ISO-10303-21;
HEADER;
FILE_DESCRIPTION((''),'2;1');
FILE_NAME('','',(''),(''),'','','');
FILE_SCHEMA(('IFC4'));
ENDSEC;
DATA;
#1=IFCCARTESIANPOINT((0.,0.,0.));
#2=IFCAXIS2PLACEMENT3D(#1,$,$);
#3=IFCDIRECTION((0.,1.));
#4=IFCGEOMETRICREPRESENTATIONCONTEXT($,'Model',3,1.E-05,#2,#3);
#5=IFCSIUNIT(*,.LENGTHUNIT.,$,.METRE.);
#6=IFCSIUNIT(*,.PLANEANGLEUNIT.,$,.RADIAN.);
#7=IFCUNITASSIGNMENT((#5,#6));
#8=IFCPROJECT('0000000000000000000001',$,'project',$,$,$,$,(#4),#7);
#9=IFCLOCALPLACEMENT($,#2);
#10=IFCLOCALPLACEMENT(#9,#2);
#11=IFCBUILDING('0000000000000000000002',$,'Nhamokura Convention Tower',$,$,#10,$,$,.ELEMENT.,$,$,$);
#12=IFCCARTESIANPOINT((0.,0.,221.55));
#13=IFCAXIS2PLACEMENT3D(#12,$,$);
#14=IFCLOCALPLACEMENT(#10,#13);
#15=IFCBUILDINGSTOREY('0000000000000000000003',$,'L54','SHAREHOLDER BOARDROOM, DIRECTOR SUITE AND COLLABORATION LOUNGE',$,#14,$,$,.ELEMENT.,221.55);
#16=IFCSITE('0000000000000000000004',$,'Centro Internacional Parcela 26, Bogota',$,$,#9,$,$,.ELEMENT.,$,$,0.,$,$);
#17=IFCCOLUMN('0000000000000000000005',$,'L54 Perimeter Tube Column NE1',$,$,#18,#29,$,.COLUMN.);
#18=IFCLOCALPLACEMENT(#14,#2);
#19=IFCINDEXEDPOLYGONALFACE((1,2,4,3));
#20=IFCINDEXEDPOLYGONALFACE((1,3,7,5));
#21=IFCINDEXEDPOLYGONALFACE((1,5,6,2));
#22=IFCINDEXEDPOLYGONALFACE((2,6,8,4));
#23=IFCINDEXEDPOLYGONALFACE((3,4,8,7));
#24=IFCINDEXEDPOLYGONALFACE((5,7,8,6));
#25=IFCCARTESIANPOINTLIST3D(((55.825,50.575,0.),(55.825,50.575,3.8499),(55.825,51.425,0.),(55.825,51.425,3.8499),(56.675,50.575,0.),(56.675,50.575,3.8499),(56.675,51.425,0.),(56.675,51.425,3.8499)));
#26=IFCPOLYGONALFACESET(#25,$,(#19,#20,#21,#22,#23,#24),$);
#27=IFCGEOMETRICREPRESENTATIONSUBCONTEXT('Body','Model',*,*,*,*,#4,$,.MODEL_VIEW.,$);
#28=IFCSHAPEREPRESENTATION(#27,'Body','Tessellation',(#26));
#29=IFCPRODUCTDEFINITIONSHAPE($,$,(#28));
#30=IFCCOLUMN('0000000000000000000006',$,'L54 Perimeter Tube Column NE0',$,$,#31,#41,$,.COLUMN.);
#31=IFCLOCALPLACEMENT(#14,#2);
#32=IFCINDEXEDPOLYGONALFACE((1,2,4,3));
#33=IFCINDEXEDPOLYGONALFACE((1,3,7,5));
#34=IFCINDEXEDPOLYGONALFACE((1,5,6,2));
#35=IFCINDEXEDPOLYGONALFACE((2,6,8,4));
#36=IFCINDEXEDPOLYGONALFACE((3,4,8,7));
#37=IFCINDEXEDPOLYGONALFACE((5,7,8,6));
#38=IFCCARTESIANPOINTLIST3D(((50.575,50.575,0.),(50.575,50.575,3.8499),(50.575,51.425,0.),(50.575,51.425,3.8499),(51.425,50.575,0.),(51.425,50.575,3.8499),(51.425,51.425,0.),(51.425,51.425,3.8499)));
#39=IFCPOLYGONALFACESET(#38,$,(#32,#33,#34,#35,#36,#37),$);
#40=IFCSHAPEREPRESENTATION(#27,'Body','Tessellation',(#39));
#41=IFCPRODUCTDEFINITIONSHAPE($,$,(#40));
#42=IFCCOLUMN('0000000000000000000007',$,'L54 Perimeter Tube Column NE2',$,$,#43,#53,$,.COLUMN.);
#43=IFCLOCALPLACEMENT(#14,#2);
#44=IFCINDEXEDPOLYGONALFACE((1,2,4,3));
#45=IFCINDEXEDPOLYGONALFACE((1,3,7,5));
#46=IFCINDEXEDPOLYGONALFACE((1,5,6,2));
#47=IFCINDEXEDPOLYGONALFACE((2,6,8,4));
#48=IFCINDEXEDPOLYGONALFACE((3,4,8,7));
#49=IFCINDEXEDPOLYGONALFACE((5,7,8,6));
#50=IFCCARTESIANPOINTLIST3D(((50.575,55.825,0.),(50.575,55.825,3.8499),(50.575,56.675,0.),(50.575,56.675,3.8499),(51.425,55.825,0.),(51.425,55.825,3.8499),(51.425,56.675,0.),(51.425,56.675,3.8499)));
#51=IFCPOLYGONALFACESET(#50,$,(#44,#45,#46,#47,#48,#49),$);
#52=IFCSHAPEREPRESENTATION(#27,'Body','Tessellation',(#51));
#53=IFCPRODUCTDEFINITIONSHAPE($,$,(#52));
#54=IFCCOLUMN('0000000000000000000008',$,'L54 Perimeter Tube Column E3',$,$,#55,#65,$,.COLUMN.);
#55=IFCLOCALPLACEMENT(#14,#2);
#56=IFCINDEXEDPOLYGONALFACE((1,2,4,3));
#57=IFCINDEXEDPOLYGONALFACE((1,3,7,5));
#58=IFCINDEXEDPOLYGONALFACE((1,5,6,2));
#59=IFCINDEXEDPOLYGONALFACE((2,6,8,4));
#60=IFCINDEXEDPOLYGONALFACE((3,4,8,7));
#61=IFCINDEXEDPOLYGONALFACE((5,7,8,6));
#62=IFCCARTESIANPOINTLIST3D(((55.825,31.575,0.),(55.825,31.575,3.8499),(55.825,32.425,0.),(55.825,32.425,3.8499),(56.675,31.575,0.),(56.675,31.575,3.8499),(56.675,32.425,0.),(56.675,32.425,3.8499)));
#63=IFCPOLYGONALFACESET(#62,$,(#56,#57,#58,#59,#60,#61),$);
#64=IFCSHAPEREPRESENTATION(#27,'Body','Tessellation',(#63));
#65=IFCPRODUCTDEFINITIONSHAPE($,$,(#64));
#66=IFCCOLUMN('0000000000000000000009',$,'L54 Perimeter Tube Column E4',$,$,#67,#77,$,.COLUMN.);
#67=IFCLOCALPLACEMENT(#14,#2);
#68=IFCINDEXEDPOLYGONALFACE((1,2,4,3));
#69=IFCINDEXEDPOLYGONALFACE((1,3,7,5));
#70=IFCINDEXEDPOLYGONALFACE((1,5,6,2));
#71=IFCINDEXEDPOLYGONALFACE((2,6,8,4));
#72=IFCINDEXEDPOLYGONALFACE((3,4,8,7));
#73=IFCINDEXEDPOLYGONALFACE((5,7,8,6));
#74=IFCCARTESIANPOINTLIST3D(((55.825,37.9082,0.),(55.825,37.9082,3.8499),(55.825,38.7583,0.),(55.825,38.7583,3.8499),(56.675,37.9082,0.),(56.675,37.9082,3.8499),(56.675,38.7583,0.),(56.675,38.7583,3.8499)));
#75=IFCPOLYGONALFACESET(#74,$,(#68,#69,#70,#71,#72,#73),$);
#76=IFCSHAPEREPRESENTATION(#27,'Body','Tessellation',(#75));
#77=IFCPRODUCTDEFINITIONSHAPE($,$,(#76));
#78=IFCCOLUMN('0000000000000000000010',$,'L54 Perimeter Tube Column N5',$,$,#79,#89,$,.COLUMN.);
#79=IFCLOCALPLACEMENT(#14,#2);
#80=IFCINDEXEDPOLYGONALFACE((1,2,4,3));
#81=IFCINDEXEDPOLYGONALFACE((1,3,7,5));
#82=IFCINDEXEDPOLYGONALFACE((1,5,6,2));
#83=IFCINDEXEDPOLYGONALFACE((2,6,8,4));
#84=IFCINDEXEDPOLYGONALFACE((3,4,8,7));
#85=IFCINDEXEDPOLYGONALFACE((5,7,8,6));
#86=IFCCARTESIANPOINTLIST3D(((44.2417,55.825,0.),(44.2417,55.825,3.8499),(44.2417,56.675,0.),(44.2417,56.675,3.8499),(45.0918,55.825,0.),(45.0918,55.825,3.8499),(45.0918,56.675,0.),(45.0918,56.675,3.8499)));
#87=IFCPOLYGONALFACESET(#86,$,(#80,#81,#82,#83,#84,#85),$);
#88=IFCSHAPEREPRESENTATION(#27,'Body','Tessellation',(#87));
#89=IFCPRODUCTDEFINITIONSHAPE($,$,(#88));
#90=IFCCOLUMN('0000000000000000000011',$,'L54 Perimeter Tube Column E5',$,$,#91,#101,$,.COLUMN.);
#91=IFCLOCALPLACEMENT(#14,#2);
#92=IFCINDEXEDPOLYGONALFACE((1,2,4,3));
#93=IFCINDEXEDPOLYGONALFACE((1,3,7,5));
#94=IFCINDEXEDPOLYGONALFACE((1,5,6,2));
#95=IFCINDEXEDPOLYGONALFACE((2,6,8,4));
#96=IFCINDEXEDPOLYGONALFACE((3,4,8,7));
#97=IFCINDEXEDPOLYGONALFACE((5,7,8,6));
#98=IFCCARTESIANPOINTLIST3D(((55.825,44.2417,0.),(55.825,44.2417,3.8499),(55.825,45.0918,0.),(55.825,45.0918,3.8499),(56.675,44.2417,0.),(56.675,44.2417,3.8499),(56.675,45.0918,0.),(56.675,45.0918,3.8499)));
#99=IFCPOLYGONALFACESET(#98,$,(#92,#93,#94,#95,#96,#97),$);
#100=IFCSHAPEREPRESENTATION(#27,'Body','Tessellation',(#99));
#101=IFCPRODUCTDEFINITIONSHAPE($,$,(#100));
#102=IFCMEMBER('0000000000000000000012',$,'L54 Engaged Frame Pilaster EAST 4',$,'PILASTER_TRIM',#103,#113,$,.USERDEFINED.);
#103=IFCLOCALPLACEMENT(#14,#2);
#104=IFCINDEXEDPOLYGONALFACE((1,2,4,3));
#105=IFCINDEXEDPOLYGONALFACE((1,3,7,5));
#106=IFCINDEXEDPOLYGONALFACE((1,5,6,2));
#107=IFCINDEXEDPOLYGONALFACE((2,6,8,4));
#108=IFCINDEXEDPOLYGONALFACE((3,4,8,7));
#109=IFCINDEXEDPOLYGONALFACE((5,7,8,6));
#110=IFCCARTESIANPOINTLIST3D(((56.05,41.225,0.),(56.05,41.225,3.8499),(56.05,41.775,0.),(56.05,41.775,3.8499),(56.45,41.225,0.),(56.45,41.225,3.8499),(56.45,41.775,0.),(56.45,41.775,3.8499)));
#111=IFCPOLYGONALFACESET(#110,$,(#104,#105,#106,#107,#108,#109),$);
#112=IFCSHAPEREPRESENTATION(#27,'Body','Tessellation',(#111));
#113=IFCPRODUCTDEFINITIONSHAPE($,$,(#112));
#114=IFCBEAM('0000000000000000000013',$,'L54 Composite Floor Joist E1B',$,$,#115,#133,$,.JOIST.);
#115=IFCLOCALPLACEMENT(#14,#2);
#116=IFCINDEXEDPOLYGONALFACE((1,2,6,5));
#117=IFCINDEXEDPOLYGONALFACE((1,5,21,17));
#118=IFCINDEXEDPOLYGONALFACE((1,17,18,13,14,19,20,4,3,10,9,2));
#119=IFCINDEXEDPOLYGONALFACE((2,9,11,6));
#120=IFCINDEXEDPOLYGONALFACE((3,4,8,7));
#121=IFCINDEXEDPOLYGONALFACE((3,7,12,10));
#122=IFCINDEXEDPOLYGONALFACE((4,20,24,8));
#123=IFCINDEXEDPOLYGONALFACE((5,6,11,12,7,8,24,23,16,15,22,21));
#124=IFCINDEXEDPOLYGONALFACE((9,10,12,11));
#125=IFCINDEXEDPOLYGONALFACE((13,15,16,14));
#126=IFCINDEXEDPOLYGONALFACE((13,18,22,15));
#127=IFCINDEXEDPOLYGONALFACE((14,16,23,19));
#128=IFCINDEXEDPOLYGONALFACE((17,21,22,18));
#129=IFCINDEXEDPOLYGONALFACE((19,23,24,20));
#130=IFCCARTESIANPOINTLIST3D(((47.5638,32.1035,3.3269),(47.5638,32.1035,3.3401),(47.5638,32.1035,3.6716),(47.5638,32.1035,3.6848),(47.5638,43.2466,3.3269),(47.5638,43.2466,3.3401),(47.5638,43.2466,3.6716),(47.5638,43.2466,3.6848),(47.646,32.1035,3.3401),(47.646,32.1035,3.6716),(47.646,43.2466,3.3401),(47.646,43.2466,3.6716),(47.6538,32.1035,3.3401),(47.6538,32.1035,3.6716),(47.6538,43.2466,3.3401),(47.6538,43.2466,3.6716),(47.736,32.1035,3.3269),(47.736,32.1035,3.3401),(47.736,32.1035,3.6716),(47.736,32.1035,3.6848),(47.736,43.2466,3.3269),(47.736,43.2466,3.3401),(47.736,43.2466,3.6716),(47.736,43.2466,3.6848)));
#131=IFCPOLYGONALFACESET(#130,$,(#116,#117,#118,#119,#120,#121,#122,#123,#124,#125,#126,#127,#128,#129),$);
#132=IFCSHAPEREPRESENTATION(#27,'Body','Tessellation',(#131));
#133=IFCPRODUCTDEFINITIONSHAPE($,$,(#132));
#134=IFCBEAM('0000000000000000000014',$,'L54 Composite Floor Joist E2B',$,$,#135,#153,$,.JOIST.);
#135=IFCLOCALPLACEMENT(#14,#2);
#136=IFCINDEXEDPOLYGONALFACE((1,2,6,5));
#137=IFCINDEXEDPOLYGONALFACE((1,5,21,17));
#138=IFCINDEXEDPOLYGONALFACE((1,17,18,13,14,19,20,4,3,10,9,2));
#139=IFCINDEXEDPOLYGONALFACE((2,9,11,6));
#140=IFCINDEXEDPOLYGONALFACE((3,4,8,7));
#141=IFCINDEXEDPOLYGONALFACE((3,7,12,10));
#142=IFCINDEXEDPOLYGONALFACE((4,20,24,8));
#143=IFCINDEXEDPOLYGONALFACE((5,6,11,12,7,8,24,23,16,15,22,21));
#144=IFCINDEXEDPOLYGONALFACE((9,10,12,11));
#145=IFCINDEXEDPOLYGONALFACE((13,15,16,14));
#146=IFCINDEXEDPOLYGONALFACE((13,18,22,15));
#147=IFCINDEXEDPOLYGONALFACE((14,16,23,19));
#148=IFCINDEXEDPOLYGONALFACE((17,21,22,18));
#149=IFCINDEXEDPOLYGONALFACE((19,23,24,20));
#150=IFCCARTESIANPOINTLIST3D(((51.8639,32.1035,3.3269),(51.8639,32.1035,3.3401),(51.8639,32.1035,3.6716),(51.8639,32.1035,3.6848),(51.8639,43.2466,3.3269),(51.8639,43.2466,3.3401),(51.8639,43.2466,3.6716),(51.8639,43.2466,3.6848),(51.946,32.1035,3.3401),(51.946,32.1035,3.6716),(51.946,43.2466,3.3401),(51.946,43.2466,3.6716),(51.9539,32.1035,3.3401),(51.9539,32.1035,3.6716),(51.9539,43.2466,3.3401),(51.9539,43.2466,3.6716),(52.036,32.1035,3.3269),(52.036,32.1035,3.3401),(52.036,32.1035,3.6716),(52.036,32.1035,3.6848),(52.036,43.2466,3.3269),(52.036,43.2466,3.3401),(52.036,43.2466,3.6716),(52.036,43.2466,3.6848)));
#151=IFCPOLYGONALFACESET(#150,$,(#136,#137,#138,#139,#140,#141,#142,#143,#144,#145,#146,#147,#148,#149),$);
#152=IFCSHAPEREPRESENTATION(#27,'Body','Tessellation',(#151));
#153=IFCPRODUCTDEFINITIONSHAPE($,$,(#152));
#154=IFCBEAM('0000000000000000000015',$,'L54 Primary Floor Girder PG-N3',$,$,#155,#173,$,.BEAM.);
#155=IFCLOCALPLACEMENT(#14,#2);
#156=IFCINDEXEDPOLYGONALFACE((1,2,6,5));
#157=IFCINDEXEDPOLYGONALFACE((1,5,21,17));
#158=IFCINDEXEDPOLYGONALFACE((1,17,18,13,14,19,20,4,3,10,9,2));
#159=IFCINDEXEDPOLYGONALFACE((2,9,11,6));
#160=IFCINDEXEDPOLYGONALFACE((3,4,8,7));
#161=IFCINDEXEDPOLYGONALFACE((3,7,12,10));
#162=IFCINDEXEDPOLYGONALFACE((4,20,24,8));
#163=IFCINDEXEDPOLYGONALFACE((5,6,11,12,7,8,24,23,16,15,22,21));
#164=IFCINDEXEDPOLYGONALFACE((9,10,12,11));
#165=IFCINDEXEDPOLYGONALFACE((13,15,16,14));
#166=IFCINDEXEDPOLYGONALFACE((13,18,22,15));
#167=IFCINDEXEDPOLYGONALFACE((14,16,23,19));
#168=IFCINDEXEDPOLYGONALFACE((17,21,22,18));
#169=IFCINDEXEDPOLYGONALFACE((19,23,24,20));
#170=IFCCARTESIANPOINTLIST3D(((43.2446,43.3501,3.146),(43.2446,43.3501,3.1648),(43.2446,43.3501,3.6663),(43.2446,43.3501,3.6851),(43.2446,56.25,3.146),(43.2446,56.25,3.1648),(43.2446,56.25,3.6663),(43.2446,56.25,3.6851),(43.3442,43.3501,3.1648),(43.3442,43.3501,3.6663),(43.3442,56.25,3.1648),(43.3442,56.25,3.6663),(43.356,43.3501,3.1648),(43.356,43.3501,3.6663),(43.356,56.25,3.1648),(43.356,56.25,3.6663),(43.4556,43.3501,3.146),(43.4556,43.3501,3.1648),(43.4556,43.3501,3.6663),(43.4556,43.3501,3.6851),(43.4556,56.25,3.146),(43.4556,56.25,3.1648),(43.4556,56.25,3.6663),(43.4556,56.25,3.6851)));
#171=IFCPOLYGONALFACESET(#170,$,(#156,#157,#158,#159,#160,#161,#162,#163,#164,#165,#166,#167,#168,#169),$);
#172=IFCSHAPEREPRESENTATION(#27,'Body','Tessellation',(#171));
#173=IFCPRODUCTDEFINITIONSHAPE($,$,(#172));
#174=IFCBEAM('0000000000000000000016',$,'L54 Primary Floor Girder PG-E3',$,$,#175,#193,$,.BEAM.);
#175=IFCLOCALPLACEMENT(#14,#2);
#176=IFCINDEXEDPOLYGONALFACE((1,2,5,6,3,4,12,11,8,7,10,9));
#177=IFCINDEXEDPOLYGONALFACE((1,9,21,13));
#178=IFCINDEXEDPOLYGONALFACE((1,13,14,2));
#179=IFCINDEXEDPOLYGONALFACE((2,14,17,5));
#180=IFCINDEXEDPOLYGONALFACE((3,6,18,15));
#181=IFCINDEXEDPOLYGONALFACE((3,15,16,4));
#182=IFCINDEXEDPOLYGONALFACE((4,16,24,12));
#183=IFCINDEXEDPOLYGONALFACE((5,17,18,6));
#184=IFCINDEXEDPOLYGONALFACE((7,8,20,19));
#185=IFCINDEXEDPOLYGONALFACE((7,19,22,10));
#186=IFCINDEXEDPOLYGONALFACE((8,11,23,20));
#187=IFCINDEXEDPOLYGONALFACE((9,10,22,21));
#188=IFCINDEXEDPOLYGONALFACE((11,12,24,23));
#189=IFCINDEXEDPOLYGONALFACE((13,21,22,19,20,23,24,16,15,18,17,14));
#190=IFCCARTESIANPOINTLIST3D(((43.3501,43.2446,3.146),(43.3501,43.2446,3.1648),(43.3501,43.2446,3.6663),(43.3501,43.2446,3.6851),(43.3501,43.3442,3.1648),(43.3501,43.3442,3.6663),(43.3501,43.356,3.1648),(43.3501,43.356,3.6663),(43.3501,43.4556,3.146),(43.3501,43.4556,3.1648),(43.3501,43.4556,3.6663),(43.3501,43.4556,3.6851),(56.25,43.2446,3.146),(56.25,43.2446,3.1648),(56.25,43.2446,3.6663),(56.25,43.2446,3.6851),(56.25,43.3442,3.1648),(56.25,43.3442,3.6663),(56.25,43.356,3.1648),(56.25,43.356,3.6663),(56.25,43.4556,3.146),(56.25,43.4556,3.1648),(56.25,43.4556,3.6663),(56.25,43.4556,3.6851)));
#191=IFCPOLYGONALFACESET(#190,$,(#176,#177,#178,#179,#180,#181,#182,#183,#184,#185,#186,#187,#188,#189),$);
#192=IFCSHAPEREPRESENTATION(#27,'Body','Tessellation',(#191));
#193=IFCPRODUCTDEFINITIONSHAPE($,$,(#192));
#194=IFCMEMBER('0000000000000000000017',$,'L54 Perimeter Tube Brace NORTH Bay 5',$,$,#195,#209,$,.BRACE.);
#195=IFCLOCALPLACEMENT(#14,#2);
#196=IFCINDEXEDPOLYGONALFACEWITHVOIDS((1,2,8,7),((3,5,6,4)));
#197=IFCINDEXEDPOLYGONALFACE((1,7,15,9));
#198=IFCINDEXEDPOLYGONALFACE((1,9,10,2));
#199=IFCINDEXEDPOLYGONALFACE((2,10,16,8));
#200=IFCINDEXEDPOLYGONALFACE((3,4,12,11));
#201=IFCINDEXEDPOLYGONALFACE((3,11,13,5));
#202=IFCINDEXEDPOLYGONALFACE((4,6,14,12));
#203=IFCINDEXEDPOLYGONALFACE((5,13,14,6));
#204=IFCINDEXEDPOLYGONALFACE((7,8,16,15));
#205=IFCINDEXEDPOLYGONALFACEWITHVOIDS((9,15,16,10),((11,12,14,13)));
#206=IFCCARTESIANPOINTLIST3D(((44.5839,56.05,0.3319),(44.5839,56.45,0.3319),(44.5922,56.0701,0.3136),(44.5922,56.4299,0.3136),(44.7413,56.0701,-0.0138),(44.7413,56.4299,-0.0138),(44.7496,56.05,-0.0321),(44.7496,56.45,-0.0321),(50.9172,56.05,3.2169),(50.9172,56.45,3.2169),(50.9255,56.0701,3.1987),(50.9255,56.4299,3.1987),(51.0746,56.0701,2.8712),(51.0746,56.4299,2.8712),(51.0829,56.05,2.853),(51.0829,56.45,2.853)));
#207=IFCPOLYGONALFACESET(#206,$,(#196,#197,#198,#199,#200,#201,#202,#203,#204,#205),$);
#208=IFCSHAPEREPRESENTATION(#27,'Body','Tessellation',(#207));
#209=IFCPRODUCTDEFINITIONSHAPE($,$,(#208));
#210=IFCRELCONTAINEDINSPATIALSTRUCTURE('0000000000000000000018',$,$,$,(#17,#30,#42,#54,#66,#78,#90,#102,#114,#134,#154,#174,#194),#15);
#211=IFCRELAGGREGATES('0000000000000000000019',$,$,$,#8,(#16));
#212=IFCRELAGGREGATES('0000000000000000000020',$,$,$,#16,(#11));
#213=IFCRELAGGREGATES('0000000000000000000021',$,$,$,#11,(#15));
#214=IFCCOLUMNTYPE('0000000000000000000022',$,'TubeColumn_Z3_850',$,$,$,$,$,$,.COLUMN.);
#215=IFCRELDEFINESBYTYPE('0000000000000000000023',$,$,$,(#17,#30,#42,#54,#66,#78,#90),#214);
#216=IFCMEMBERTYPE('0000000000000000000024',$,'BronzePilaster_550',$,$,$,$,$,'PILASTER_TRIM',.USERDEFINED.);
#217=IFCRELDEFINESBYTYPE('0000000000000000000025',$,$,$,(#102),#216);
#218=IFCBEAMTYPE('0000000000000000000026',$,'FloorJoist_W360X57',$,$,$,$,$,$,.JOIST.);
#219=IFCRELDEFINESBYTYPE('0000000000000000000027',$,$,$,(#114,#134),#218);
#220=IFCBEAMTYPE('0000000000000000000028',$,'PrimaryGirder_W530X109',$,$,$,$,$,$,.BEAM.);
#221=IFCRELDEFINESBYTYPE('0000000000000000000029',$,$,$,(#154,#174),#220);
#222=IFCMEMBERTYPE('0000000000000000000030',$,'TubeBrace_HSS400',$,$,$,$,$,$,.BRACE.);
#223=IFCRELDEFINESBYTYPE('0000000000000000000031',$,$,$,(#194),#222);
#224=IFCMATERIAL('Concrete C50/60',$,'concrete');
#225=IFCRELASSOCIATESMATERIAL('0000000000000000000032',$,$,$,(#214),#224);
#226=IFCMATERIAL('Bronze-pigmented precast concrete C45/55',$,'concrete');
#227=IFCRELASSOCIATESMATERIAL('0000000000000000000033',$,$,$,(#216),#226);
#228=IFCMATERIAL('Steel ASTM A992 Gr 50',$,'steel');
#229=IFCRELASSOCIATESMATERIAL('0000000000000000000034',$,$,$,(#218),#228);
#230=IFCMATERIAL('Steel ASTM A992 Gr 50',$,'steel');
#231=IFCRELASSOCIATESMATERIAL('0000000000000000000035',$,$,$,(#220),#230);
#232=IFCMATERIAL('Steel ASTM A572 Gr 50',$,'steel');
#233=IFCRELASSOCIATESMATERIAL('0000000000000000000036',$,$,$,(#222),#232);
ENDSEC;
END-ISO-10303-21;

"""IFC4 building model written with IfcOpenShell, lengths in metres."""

from ifc_helpers import new_model, si_unit, direction, frame, origin, origin_2d, place, context, subcontext, project, spatial, rectangle, hollow_rectangle, i_section, extrude, material, material_profile, profile_set, type_object, element, save


model = new_model("IFC4")

# Units and contexts
model_context = context("Model", 3, precision=1e-05, world=origin(), true_north=direction((0.0, 1.0)))
body_context = subcontext(model_context, "Body", "Model", "MODEL_VIEW")
ifc_project = project(units=[si_unit("LENGTHUNIT", "METRE"), si_unit("PLANEANGLEUNIT", "RADIAN")], contexts=[model_context])

# Site, building, storey
site_placement = place(None, origin())
site = spatial("IfcSite", under=ifc_project, at=site_placement, Name="Centro Internacional Parcela 26, Bogota", CompositionType="ELEMENT", RefElevation=0.0)
building_placement = place(site_placement, origin())
building = spatial("IfcBuilding", under=site, at=building_placement, Name="Nhamokura Convention Tower", CompositionType="ELEMENT")
storey_placement = place(building_placement, frame((0.0, 0.0, 221.55)))
storey = spatial("IfcBuildingStorey", under=building, at=storey_placement, Name="L54", Description="SHAREHOLDER BOARDROOM, DIRECTOR SUITE AND COLLABORATION LOUNGE", CompositionType="ELEMENT", Elevation=221.55)

# Columns
ifc_material_1 = material(Name="Concrete C50/60", Category="concrete")
ifc_material_profile_1 = material_profile(ifc_material_1, rectangle(XDim=0.8501, YDim=0.8501, at=origin_2d()))
ifc_profile_set_1 = profile_set([ifc_material_profile_1], Name="Concrete C50/60")
column_type = type_object("IfcColumnType", Name="TubeColumn_Z3_850", PredefinedType="COLUMN", material=ifc_profile_set_1)
for number, where, z_axis, x_axis, name in (
    (1, (56.25, 51.0, 0.0), (0.0, 0.0, 1.0), (1.0, 0.0, 0.0), "L54 Perimeter Tube Column NE1"),
    (2, (51.0, 51.0, 0.0), (0.0, 0.0, 1.0), (1.0, 0.0, 0.0), "L54 Perimeter Tube Column NE0"),
    (3, (51.0, 56.25, 0.0), (0.0, 0.0, 1.0), (1.0, 0.0, 0.0), "L54 Perimeter Tube Column NE2"),
    (4, (56.25, 32.0, 0.0), (0.0, 0.0, 1.0), (1.0, 0.0, 0.0), "L54 Perimeter Tube Column E3"),
    (5, (56.25, 38.3333, 0.0), (0.0, 0.0, 1.0), (1.0, 0.0, 0.0), "L54 Perimeter Tube Column E4"),
    (6, (44.6667, 56.25, 0.0), (0.0, 0.0, 1.0), (1.0, 0.0, 0.0), "L54 Perimeter Tube Column N5"),
    (7, (56.25, 44.6667, 0.0), (0.0, 0.0, 1.0), (1.0, 0.0, 0.0), "L54 Perimeter Tube Column E5"),
):
    element("IfcColumn", number, at=place(storey_placement, frame(where, z_axis=z_axis, x_axis=x_axis)), inside=storey, type_object=column_type, Name=name, PredefinedType="COLUMN", context=body_context, shape_type="SweptSolid", body=[
        extrude(rectangle(XDim=0.8501, YDim=0.8501, at=origin_2d()), origin(), (0.0, 0.0, 1.0), 3.8499),
    ])

# Member
ifc_material_2 = material(Name="Bronze-pigmented precast concrete C45/55", Category="concrete")
ifc_material_profile_2 = material_profile(ifc_material_2, rectangle(XDim=0.3999, YDim=0.55, at=origin_2d()))
ifc_profile_set_2 = profile_set([ifc_material_profile_2], Name="Bronze-pigmented precast concrete C45/55")
member_type_1 = type_object("IfcMemberType", Name="BronzePilaster_550", ElementType="PILASTER_TRIM", PredefinedType="USERDEFINED", material=ifc_profile_set_2)
member_placement = place(storey_placement, frame((56.25, 41.5, 0.0), z_axis=(0.0, 0.0, 1.0), x_axis=(1.0, 0.0, 0.0)))
element("IfcMember", 8, at=member_placement, inside=storey, type_object=member_type_1, Name="L54 Engaged Frame Pilaster EAST 4", ObjectType="PILASTER_TRIM", PredefinedType="USERDEFINED", context=body_context, shape_type="SweptSolid", body=[
    extrude(rectangle(XDim=0.3999, YDim=0.55, at=origin_2d()), origin(), (0.0, 0.0, 1.0), 3.8499),
])

# Beams
ifc_material_3 = material(Name="Steel ASTM A992 Gr 50", Category="steel")
ifc_material_profile_3 = material_profile(ifc_material_3, i_section(OverallWidth=0.1721, OverallDepth=0.3579, WebThickness=0.0078, FlangeThickness=0.0132, at=origin_2d()))
ifc_profile_set_3 = profile_set([ifc_material_profile_3], Name="Steel ASTM A992 Gr 50")
beam_type_1 = type_object("IfcBeamType", Name="FloorJoist_W360X57", PredefinedType="JOIST", material=ifc_profile_set_3)
for number, where, z_axis, x_axis, name in (
    (9, (47.6499, 32.1035, 3.5059), (0.0, 1.0, 0.0), (-1.0, 0.0, 0.0), "L54 Composite Floor Joist E1B"),
    (10, (51.95, 32.1035, 3.5059), (0.0, 1.0, 0.0), (-1.0, 0.0, 0.0), "L54 Composite Floor Joist E2B"),
):
    element("IfcBeam", number, at=place(storey_placement, frame(where, z_axis=z_axis, x_axis=x_axis)), inside=storey, type_object=beam_type_1, Name=name, PredefinedType="JOIST", context=body_context, shape_type="SweptSolid", body=[
        extrude(i_section(OverallWidth=0.1721, OverallDepth=0.3579, WebThickness=0.0078, FlangeThickness=0.0132, at=origin_2d()), origin(), (0.0, 0.0, 1.0), 11.1431),
    ])
ifc_material_4 = material(Name="Steel ASTM A992 Gr 50", Category="steel")
ifc_material_profile_4 = material_profile(ifc_material_4, i_section(OverallWidth=0.2109, OverallDepth=0.5391, WebThickness=0.0117, FlangeThickness=0.0188, at=origin_2d()))
ifc_profile_set_4 = profile_set([ifc_material_profile_4], Name="Steel ASTM A992 Gr 50")
beam_type_2 = type_object("IfcBeamType", Name="PrimaryGirder_W530X109", PredefinedType="BEAM", material=ifc_profile_set_4)
for number, where, z_axis, x_axis, name in (
    (11, (43.3501, 43.3501, 3.4155), (0.0, 1.0, 0.0), (-1.0, 0.0, 0.0), "L54 Primary Floor Girder PG-N3"),
    (12, (43.3501, 43.3501, 3.4155), (1.0, 0.0, 0.0), (0.0, 1.0, 0.0), "L54 Primary Floor Girder PG-E3"),
):
    element("IfcBeam", number, at=place(storey_placement, frame(where, z_axis=z_axis, x_axis=x_axis)), inside=storey, type_object=beam_type_2, Name=name, PredefinedType="BEAM", context=body_context, shape_type="SweptSolid", body=[
        extrude(i_section(OverallWidth=0.2109, OverallDepth=0.5391, WebThickness=0.0117, FlangeThickness=0.0188, at=origin_2d()), origin(), (0.0, 0.0, 1.0), 12.8999),
    ])

# Member
ifc_material_5 = material(Name="Steel ASTM A572 Gr 50", Category="steel")
ifc_material_profile_5 = material_profile(ifc_material_5, hollow_rectangle(XDim=0.3999, YDim=0.3999, WallThickness=0.02, at=origin_2d()))
ifc_profile_set_5 = profile_set([ifc_material_profile_5], Name="Steel ASTM A572 Gr 50")
member_type_2 = type_object("IfcMemberType", Name="TubeBrace_HSS400", PredefinedType="BRACE", material=ifc_profile_set_5)
for number, where, z_axis, x_axis, name in (
    (13, (44.6667, 56.25, 0.1499), (0.910027, 0.0, 0.414548), (0.0, 1.0, 0.0), "L54 Perimeter Tube Brace NORTH Bay 5"),
):
    element("IfcMember", number, at=place(storey_placement, frame(where, z_axis=z_axis, x_axis=x_axis)), inside=storey, type_object=member_type_2, Name=name, PredefinedType="BRACE", context=body_context, shape_type="SweptSolid", body=[
        extrude(hollow_rectangle(XDim=0.3999, YDim=0.3999, WallThickness=0.02, at=origin_2d()), origin(), (0.0, 0.0, 1.0), 6.9595),
    ])

save(model, "model.ifc")
